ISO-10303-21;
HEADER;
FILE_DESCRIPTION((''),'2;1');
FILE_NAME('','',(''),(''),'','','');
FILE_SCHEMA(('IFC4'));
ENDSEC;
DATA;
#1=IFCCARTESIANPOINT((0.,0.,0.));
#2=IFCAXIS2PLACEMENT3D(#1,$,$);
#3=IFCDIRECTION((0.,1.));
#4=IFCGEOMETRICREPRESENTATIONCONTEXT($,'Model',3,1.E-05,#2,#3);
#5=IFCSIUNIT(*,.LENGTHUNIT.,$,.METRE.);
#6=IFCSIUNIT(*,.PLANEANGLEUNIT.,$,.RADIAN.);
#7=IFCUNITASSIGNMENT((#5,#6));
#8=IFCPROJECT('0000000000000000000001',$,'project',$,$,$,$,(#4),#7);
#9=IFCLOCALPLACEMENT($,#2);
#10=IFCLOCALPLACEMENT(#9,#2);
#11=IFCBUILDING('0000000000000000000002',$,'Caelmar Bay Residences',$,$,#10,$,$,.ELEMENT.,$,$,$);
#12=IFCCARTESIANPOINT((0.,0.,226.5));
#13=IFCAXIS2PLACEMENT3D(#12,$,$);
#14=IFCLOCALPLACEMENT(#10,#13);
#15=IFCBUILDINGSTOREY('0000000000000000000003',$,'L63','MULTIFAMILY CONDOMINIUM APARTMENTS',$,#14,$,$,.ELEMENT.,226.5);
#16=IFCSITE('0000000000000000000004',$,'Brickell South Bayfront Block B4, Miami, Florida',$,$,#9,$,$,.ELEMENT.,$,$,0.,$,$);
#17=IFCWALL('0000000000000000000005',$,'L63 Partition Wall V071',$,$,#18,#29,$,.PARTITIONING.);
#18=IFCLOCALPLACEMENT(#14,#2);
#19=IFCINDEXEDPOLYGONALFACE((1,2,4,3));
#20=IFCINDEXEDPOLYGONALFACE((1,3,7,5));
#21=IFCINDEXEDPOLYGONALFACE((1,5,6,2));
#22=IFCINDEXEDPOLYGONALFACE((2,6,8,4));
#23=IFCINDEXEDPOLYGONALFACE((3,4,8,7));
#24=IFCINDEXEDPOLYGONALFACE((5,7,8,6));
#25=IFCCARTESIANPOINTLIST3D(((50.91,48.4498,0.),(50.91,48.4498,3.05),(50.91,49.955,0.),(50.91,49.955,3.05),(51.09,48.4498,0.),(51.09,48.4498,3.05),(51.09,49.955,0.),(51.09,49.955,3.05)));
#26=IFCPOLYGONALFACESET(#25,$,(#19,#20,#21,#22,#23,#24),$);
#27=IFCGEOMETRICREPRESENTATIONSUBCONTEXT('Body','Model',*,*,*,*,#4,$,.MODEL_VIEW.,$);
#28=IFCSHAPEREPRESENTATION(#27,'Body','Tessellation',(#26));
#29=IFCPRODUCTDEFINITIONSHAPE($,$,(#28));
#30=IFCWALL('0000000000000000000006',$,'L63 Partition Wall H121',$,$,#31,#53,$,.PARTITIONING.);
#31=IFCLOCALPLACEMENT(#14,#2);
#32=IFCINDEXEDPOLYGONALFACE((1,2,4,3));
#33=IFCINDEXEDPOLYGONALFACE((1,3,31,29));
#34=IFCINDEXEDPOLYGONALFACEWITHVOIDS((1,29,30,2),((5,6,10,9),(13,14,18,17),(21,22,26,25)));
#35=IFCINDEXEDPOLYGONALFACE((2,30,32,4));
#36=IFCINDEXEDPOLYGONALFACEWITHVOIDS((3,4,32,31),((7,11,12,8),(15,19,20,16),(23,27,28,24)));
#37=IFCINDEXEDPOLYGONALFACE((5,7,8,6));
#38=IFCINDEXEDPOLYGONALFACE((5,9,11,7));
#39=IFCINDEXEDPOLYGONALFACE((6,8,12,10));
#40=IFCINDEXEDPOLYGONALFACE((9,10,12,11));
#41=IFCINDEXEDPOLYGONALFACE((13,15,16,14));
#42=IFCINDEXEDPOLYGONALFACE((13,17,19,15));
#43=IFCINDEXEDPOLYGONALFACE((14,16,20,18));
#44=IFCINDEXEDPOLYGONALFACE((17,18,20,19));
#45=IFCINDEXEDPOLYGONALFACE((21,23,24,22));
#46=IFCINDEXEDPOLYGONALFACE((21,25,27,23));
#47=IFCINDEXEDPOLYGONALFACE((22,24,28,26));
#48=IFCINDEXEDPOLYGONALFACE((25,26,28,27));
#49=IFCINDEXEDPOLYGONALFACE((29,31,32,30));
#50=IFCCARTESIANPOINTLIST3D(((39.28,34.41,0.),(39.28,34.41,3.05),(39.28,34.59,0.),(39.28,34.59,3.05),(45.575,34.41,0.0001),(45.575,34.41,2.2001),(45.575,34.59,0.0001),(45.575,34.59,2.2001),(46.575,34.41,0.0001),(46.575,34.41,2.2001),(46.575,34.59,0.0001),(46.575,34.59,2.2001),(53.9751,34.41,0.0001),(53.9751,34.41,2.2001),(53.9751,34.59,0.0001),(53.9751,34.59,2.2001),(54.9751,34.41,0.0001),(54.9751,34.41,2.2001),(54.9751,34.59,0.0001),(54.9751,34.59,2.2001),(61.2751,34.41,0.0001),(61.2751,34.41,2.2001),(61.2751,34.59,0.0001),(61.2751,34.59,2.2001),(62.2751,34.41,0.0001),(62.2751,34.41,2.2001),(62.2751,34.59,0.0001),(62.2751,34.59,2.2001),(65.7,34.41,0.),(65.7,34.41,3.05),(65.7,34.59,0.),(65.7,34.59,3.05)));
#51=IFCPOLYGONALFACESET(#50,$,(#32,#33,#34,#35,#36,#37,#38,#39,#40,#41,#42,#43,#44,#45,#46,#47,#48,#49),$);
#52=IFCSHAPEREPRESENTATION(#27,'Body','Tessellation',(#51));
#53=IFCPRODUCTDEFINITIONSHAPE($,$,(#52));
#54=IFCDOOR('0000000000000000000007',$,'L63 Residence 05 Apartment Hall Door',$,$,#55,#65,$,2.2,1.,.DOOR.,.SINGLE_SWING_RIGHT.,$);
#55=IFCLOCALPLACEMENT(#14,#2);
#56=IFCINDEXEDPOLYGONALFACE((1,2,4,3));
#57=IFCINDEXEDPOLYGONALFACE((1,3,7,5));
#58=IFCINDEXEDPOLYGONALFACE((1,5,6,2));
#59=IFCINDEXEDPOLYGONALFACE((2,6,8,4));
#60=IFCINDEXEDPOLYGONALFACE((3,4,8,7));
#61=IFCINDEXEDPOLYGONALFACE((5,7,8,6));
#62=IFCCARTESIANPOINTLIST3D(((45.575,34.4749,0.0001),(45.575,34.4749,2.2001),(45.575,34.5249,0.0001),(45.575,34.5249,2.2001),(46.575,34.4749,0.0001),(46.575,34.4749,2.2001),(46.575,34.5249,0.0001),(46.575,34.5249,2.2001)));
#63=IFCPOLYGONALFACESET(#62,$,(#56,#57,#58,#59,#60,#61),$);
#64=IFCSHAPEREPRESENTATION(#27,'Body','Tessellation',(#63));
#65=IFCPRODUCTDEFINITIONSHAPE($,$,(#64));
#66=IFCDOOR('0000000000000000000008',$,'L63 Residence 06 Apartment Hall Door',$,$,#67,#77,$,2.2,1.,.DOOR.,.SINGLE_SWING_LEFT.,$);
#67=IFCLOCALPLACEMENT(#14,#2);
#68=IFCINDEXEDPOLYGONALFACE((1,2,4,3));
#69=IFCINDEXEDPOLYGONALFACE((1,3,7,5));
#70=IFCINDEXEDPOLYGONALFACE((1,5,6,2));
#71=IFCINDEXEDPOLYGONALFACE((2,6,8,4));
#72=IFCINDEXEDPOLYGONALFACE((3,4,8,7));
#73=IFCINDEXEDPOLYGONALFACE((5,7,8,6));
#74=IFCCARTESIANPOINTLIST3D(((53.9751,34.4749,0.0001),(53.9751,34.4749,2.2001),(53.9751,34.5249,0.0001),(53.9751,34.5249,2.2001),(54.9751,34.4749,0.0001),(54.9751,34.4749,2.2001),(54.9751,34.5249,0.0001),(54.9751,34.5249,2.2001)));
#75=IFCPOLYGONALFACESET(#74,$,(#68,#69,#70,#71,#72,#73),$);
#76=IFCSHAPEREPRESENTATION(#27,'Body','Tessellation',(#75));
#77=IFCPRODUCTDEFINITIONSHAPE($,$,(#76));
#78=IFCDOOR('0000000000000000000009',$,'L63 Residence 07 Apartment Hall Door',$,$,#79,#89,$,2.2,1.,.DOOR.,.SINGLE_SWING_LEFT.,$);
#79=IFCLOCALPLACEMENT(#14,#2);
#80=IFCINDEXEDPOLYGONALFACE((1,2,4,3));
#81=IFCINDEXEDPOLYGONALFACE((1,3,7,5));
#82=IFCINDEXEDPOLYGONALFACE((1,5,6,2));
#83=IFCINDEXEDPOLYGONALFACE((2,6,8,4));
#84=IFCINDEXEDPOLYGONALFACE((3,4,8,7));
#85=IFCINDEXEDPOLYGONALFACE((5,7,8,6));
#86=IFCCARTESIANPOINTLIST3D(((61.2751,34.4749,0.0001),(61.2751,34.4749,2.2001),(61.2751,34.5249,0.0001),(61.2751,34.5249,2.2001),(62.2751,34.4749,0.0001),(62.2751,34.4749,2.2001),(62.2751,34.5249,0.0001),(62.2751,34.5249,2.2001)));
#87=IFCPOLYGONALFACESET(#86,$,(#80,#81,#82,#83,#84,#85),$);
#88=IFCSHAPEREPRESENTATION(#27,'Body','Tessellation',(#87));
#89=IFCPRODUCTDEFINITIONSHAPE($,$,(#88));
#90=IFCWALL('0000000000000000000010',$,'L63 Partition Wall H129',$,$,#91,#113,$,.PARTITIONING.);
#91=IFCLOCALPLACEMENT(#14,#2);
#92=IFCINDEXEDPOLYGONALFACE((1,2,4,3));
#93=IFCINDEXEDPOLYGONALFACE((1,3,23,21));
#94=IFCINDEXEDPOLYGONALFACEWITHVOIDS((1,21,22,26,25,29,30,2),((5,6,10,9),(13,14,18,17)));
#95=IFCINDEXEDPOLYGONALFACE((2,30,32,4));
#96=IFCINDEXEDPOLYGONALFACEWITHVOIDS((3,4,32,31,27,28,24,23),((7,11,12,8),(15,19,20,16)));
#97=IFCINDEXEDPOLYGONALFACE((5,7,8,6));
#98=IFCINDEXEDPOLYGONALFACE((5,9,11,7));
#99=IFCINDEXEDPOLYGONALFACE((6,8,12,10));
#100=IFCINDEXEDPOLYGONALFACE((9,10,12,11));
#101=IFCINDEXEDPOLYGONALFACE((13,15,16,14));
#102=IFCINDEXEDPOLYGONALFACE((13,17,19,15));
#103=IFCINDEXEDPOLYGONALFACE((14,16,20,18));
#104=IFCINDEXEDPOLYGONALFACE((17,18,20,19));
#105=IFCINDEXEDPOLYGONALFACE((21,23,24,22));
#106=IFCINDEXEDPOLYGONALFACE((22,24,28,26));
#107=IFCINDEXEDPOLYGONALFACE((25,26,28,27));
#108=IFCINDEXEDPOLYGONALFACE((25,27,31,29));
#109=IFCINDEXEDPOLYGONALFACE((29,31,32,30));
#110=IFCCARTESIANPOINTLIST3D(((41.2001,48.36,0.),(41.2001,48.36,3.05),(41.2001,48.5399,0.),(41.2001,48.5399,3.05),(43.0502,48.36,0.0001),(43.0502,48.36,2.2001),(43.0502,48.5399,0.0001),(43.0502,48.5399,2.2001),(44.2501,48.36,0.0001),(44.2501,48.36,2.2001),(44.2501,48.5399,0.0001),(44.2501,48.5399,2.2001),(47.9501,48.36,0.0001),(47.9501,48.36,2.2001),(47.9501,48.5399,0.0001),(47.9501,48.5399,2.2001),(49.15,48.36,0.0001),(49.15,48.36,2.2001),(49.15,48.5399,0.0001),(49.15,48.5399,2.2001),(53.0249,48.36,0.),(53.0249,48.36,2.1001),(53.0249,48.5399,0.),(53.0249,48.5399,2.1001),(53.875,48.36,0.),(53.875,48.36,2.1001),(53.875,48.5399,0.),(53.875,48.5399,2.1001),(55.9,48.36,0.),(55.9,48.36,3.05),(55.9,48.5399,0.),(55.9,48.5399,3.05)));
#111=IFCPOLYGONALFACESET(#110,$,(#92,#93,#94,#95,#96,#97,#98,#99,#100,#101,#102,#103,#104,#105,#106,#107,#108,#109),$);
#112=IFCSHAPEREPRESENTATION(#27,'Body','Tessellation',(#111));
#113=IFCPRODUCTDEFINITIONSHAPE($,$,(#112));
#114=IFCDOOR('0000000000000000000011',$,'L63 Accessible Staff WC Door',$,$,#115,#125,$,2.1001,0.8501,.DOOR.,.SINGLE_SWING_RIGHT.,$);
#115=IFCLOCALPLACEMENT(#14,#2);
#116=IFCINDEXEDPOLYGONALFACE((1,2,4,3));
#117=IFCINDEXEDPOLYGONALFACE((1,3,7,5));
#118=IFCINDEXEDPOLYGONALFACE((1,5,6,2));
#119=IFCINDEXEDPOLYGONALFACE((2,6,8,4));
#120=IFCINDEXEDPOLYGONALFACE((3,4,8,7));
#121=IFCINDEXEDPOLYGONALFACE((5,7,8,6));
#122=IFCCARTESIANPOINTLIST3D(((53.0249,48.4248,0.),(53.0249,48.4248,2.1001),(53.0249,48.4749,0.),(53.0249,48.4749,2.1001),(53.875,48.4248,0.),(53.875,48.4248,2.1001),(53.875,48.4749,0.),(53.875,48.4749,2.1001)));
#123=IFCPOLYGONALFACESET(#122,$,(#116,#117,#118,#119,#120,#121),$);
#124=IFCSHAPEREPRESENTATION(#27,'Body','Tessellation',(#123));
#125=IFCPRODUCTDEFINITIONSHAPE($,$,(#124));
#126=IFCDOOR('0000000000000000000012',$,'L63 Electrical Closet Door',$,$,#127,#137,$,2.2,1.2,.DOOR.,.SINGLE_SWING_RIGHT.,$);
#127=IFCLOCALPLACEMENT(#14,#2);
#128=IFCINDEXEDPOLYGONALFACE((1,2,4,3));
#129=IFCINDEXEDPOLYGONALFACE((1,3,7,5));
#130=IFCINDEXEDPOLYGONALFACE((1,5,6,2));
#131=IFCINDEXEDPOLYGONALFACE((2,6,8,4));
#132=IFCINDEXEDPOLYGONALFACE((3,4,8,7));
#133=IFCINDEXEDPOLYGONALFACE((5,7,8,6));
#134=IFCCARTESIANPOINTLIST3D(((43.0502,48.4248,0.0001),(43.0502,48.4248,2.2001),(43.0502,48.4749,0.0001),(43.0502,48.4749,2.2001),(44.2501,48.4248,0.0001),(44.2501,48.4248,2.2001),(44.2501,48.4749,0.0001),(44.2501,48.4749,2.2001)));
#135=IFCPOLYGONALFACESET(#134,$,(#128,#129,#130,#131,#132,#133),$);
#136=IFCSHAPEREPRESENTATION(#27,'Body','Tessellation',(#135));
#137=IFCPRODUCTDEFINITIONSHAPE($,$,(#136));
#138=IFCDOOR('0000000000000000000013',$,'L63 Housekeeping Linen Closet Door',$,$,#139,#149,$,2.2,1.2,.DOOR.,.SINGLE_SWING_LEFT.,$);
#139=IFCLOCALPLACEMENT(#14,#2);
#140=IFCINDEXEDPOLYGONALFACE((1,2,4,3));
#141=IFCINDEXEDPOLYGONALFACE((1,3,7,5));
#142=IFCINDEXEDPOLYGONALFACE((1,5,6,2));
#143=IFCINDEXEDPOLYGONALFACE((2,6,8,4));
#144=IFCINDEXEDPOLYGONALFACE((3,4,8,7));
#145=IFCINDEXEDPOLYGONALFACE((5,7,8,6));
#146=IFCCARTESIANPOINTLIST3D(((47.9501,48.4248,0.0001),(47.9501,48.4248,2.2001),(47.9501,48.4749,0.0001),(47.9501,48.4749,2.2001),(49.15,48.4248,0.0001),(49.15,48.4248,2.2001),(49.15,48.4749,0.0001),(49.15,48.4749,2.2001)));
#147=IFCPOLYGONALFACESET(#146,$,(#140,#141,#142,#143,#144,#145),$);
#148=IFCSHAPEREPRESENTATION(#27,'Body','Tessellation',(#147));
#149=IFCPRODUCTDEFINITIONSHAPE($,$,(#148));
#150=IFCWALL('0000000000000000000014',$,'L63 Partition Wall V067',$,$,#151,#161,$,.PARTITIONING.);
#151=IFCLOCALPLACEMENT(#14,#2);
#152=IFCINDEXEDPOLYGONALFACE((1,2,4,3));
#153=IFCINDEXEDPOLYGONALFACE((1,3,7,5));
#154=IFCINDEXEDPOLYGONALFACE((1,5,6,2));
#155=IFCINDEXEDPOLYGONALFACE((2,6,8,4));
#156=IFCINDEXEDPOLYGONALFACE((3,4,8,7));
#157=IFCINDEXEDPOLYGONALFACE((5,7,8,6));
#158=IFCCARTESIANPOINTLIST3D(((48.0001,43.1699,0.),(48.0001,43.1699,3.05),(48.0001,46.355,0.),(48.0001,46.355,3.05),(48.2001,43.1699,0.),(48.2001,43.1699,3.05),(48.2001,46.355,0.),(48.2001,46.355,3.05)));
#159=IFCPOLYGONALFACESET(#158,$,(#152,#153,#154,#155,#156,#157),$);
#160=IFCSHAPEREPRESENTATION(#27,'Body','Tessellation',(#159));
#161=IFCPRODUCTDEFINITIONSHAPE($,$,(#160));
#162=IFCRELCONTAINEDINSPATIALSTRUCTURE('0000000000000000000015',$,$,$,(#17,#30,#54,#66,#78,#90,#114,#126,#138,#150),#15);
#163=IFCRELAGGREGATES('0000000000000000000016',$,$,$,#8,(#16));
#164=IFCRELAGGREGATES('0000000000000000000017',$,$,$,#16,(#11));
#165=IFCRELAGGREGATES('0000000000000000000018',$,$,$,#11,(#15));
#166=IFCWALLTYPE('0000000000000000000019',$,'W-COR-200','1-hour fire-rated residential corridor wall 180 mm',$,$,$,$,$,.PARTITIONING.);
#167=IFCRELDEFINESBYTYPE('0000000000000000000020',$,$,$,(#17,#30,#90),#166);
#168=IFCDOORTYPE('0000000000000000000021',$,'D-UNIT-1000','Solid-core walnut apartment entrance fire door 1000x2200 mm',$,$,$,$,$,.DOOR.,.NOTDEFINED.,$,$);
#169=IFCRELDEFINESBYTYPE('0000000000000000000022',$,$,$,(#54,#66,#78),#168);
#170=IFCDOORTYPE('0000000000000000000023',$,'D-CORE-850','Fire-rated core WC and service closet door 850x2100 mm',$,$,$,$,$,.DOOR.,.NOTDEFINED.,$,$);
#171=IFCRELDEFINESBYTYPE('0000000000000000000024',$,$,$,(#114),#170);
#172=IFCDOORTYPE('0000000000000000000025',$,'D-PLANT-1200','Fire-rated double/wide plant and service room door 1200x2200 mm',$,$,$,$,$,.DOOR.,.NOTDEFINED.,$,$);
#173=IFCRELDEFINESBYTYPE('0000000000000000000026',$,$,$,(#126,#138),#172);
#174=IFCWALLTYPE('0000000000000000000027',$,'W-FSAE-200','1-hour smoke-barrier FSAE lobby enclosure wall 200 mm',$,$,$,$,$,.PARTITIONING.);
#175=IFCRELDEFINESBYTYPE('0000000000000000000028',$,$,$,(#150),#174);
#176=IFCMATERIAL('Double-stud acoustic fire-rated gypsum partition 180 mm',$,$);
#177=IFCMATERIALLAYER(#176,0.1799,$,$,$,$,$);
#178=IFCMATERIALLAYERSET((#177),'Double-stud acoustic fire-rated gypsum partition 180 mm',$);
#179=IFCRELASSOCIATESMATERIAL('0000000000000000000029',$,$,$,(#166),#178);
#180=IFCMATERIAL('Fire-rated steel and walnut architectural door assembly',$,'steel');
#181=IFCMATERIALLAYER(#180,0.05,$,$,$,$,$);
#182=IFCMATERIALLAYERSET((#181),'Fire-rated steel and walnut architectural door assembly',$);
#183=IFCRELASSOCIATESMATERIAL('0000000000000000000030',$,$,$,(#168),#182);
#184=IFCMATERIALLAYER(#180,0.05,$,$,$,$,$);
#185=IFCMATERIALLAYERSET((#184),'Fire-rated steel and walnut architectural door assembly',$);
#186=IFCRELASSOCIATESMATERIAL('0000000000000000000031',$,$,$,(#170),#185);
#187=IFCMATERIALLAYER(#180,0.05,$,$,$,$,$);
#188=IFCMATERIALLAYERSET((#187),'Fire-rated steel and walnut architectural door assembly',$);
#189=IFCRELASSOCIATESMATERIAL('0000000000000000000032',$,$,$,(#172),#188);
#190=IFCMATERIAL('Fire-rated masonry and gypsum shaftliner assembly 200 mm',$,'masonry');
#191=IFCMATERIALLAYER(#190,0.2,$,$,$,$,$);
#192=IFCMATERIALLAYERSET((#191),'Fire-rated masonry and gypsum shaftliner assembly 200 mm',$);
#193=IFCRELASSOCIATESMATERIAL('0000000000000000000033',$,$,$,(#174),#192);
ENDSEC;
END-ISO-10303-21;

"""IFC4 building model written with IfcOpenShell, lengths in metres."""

from ifc_helpers import new_model, si_unit, direction, frame, frame_2d, origin, place, context, subcontext, project, spatial, rectangle, extrude, material, layer, layer_set, type_object, element, fill, save


model = new_model("IFC4")

# Units and contexts
model_context = context("Model", 3, precision=1e-05, world=origin(), true_north=direction((0.0, 1.0)))
body_context = subcontext(model_context, "Body", "Model", "MODEL_VIEW")
ifc_project = project(units=[si_unit("LENGTHUNIT", "METRE"), si_unit("PLANEANGLEUNIT", "RADIAN")], contexts=[model_context])

# Site, building, storey
site_placement = place(None, origin())
site = spatial("IfcSite", under=ifc_project, at=site_placement, Name="Brickell South Bayfront Block B4, Miami, Florida", CompositionType="ELEMENT", RefElevation=0.0)
building_placement = place(site_placement, origin())
building = spatial("IfcBuilding", under=site, at=building_placement, Name="Caelmar Bay Residences", CompositionType="ELEMENT")
storey_placement = place(building_placement, frame((0.0, 0.0, 226.5)))
storey = spatial("IfcBuildingStorey", under=building, at=storey_placement, Name="L63", Description="MULTIFAMILY CONDOMINIUM APARTMENTS", CompositionType="ELEMENT", Elevation=226.5)

# Shared definitions
ifc_material_1 = material(Name="Double-stud acoustic fire-rated gypsum partition 180 mm")
ifc_layer_1 = layer(ifc_material_1, 0.1799)
ifc_layer_set_1 = layer_set([ifc_layer_1], Name="Double-stud acoustic fire-rated gypsum partition 180 mm")
wall_type_1 = type_object("IfcWallType", Name="W-COR-200", Description="1-hour fire-rated residential corridor wall 180 mm", PredefinedType="PARTITIONING", material=ifc_layer_set_1)
ifc_material_2 = material(Name="Fire-rated steel and walnut architectural door assembly", Category="steel")
ifc_layer_2 = layer(ifc_material_2, 0.05)
ifc_layer_set_2 = layer_set([ifc_layer_2], Name="Fire-rated steel and walnut architectural door assembly")
door_type_1 = type_object("IfcDoorType", Name="D-UNIT-1000", Description="Solid-core walnut apartment entrance fire door 1000x2200 mm", OperationType="NOTDEFINED", PredefinedType="DOOR", material=ifc_layer_set_2)

# Wall
for number, where, z_axis, x_axis, name in (
    (1, (51.0, 48.45, 0.0), (0.0, 0.0, 1.0), (0.0, 1.0, 0.0), "L63 Partition Wall V071"),
):
    element("IfcWall", number, at=place(storey_placement, frame(where, z_axis=z_axis, x_axis=x_axis)), inside=storey, type_object=wall_type_1, Name=name, PredefinedType="PARTITIONING", context=body_context, shape_type="SweptSolid", body=[
        extrude(rectangle(XDim=1.5051, YDim=0.1799, at=frame_2d((0.7524, 0.0))), origin(), (0.0, 0.0, 1.0), 3.05),
    ])

# Walls, openings, doors
wall_1_placement = place(storey_placement, frame((39.28, 34.5, 0.0), z_axis=(0.0, 0.0, 1.0), x_axis=(1.0, 0.0, 0.0)))
wall_1 = element("IfcWall", 2, at=wall_1_placement, inside=storey, type_object=wall_type_1, Name="L63 Partition Wall H121", PredefinedType="PARTITIONING", context=body_context, shape_type="SweptSolid", body=[
    extrude(rectangle(XDim=26.4199, YDim=0.1799, at=frame_2d((13.21, 0.0))), origin(), (0.0, 0.0, 1.0), 3.05),
])
opening_1_placement = place(wall_1_placement, frame((6.2949, 0.0, 0.0)))
opening_1 = element("IfcOpeningElement", 3, at=opening_1_placement, cuts=wall_1, PredefinedType="OPENING", context=body_context, shape_type="SweptSolid", body=[
    extrude(rectangle(XDim=1.0, YDim=2.2, at=frame_2d((0.5, 1.1001))), frame((0.0, 0.0999, 0.0), z_axis=(0.0, -1.0, 0.0), x_axis=(1.0, 0.0, 0.0)), (0.0, 0.0, 1.0), 0.2),
])
opening_2_placement = place(wall_1_placement, frame((14.6951, 0.0, 0.0)))
opening_2 = element("IfcOpeningElement", 4, at=opening_2_placement, cuts=wall_1, PredefinedType="OPENING", context=body_context, shape_type="SweptSolid", body=[
    extrude(rectangle(XDim=1.0, YDim=2.2, at=frame_2d((0.5, 1.1001))), frame((0.0, 0.0999, 0.0), z_axis=(0.0, -1.0, 0.0), x_axis=(1.0, 0.0, 0.0)), (0.0, 0.0, 1.0), 0.2),
])
opening_3_placement = place(wall_1_placement, frame((21.9951, 0.0, 0.0)))
opening_3 = element("IfcOpeningElement", 5, at=opening_3_placement, cuts=wall_1, PredefinedType="OPENING", context=body_context, shape_type="SweptSolid", body=[
    extrude(rectangle(XDim=1.0, YDim=2.2, at=frame_2d((0.5, 1.1001))), frame((0.0, 0.0999, 0.0), z_axis=(0.0, -1.0, 0.0), x_axis=(1.0, 0.0, 0.0)), (0.0, 0.0, 1.0), 0.2),
])
door_1_placement = place(opening_1_placement, origin())
door_1 = element("IfcDoor", 6, at=door_1_placement, inside=storey, type_object=door_type_1, Name="L63 Residence 05 Apartment Hall Door", OperationType="SINGLE_SWING_RIGHT", OverallHeight=2.2, OverallWidth=1.0, PredefinedType="DOOR", context=body_context, shape_type="SweptSolid", body=[
    extrude(rectangle(XDim=1.0, YDim=2.2, at=frame_2d((0.5, 1.1001))), frame((0.0, 0.0249, 0.0), z_axis=(0.0, -1.0, 0.0), x_axis=(1.0, 0.0, 0.0)), (0.0, 0.0, 1.0), 0.05),
])
fill(opening_1, door_1)
door_2_placement = place(opening_2_placement, origin())
door_2 = element("IfcDoor", 7, at=door_2_placement, inside=storey, type_object=door_type_1, Name="L63 Residence 06 Apartment Hall Door", OperationType="SINGLE_SWING_LEFT", OverallHeight=2.2, OverallWidth=1.0, PredefinedType="DOOR", context=body_context, shape_type="SweptSolid", body=[
    extrude(rectangle(XDim=1.0, YDim=2.2, at=frame_2d((0.5, 1.1001))), frame((0.0, 0.0249, 0.0), z_axis=(0.0, -1.0, 0.0), x_axis=(1.0, 0.0, 0.0)), (0.0, 0.0, 1.0), 0.05),
])
fill(opening_2, door_2)
door_3_placement = place(opening_3_placement, origin())
door_3 = element("IfcDoor", 8, at=door_3_placement, inside=storey, type_object=door_type_1, Name="L63 Residence 07 Apartment Hall Door", OperationType="SINGLE_SWING_LEFT", OverallHeight=2.2, OverallWidth=1.0, PredefinedType="DOOR", context=body_context, shape_type="SweptSolid", body=[
    extrude(rectangle(XDim=1.0, YDim=2.2, at=frame_2d((0.5, 1.1001))), frame((0.0, 0.0249, 0.0), z_axis=(0.0, -1.0, 0.0), x_axis=(1.0, 0.0, 0.0)), (0.0, 0.0, 1.0), 0.05),
])
fill(opening_3, door_3)
wall_2_placement = place(storey_placement, frame((41.2, 48.45, 0.0), z_axis=(0.0, 0.0, 1.0), x_axis=(1.0, 0.0, 0.0)))
wall_2 = element("IfcWall", 9, at=wall_2_placement, inside=storey, type_object=wall_type_1, Name="L63 Partition Wall H129", PredefinedType="PARTITIONING", context=body_context, shape_type="SweptSolid", body=[
    extrude(rectangle(XDim=14.7, YDim=0.1799, at=frame_2d((7.3501, 0.0))), origin(), (0.0, 0.0, 1.0), 3.05),
])
opening_4_placement = place(wall_2_placement, frame((1.8501, 0.0, 0.0)))
opening_4 = element("IfcOpeningElement", 10, at=opening_4_placement, cuts=wall_2, PredefinedType="OPENING", context=body_context, shape_type="SweptSolid", body=[
    extrude(rectangle(XDim=1.2, YDim=2.2, at=frame_2d((0.6001, 1.1001))), frame((0.0, 0.0999, 0.0), z_axis=(0.0, -1.0, 0.0), x_axis=(1.0, 0.0, 0.0)), (0.0, 0.0, 1.0), 0.2),
])
opening_5_placement = place(wall_2_placement, frame((6.75, 0.0, 0.0)))
opening_5 = element("IfcOpeningElement", 11, at=opening_5_placement, cuts=wall_2, PredefinedType="OPENING", context=body_context, shape_type="SweptSolid", body=[
    extrude(rectangle(XDim=1.2, YDim=2.2, at=frame_2d((0.6001, 1.1001))), frame((0.0, 0.0999, 0.0), z_axis=(0.0, -1.0, 0.0), x_axis=(1.0, 0.0, 0.0)), (0.0, 0.0, 1.0), 0.2),
])
opening_6_placement = place(wall_2_placement, frame((11.825, 0.0, 0.0)))
opening_6 = element("IfcOpeningElement", 12, at=opening_6_placement, cuts=wall_2, PredefinedType="OPENING", context=body_context, shape_type="SweptSolid", body=[
    extrude(rectangle(XDim=0.8501, YDim=2.1001, at=frame_2d((0.425, 1.05))), frame((0.0, 0.0999, 0.0), z_axis=(0.0, -1.0, 0.0), x_axis=(1.0, 0.0, 0.0)), (0.0, 0.0, 1.0), 0.2),
])
ifc_layer_3 = layer(ifc_material_2, 0.05)
ifc_layer_set_3 = layer_set([ifc_layer_3], Name="Fire-rated steel and walnut architectural door assembly")
door_type_2 = type_object("IfcDoorType", Name="D-CORE-850", Description="Fire-rated core WC and service closet door 850x2100 mm", OperationType="NOTDEFINED", PredefinedType="DOOR", material=ifc_layer_set_3)
door_4_placement = place(opening_6_placement, origin())
door_4 = element("IfcDoor", 13, at=door_4_placement, inside=storey, type_object=door_type_2, Name="L63 Accessible Staff WC Door", OperationType="SINGLE_SWING_RIGHT", OverallHeight=2.1001, OverallWidth=0.8501, PredefinedType="DOOR", context=body_context, shape_type="SweptSolid", body=[
    extrude(rectangle(XDim=0.8501, YDim=2.1001, at=frame_2d((0.425, 1.05))), frame((0.0, 0.0249, 0.0), z_axis=(0.0, -1.0, 0.0), x_axis=(1.0, 0.0, 0.0)), (0.0, 0.0, 1.0), 0.05),
])
fill(opening_6, door_4)
ifc_layer_4 = layer(ifc_material_2, 0.05)
ifc_layer_set_4 = layer_set([ifc_layer_4], Name="Fire-rated steel and walnut architectural door assembly")
door_type_3 = type_object("IfcDoorType", Name="D-PLANT-1200", Description="Fire-rated double/wide plant and service room door 1200x2200 mm", OperationType="NOTDEFINED", PredefinedType="DOOR", material=ifc_layer_set_4)
door_5_placement = place(opening_4_placement, origin())
door_5 = element("IfcDoor", 14, at=door_5_placement, inside=storey, type_object=door_type_3, Name="L63 Electrical Closet Door", OperationType="SINGLE_SWING_RIGHT", OverallHeight=2.2, OverallWidth=1.2, PredefinedType="DOOR", context=body_context, shape_type="SweptSolid", body=[
    extrude(rectangle(XDim=1.2, YDim=2.2, at=frame_2d((0.6001, 1.1001))), frame((0.0, 0.0249, 0.0), z_axis=(0.0, -1.0, 0.0), x_axis=(1.0, 0.0, 0.0)), (0.0, 0.0, 1.0), 0.05),
])
fill(opening_4, door_5)
door_6_placement = place(opening_5_placement, origin())
door_6 = element("IfcDoor", 15, at=door_6_placement, inside=storey, type_object=door_type_3, Name="L63 Housekeeping Linen Closet Door", OperationType="SINGLE_SWING_LEFT", OverallHeight=2.2, OverallWidth=1.2, PredefinedType="DOOR", context=body_context, shape_type="SweptSolid", body=[
    extrude(rectangle(XDim=1.2, YDim=2.2, at=frame_2d((0.6001, 1.1001))), frame((0.0, 0.0249, 0.0), z_axis=(0.0, -1.0, 0.0), x_axis=(1.0, 0.0, 0.0)), (0.0, 0.0, 1.0), 0.05),
])
fill(opening_5, door_6)

# Wall
ifc_material_3 = material(Name="Fire-rated masonry and gypsum shaftliner assembly 200 mm", Category="masonry")
ifc_layer_5 = layer(ifc_material_3, 0.2)
ifc_layer_set_5 = layer_set([ifc_layer_5], Name="Fire-rated masonry and gypsum shaftliner assembly 200 mm")
wall_type_2 = type_object("IfcWallType", Name="W-FSAE-200", Description="1-hour smoke-barrier FSAE lobby enclosure wall 200 mm", PredefinedType="PARTITIONING", material=ifc_layer_set_5)
wall_3_placement = place(storey_placement, frame((48.1001, 43.1699, 0.0), z_axis=(0.0, 0.0, 1.0), x_axis=(0.0, 1.0, 0.0)))
element("IfcWall", 16, at=wall_3_placement, inside=storey, type_object=wall_type_2, Name="L63 Partition Wall V067", PredefinedType="PARTITIONING", context=body_context, shape_type="SweptSolid", body=[
    extrude(rectangle(XDim=3.1851, YDim=0.2, at=frame_2d((1.5925, 0.0))), origin(), (0.0, 0.0, 1.0), 3.05),
])

save(model, "model.ifc")
